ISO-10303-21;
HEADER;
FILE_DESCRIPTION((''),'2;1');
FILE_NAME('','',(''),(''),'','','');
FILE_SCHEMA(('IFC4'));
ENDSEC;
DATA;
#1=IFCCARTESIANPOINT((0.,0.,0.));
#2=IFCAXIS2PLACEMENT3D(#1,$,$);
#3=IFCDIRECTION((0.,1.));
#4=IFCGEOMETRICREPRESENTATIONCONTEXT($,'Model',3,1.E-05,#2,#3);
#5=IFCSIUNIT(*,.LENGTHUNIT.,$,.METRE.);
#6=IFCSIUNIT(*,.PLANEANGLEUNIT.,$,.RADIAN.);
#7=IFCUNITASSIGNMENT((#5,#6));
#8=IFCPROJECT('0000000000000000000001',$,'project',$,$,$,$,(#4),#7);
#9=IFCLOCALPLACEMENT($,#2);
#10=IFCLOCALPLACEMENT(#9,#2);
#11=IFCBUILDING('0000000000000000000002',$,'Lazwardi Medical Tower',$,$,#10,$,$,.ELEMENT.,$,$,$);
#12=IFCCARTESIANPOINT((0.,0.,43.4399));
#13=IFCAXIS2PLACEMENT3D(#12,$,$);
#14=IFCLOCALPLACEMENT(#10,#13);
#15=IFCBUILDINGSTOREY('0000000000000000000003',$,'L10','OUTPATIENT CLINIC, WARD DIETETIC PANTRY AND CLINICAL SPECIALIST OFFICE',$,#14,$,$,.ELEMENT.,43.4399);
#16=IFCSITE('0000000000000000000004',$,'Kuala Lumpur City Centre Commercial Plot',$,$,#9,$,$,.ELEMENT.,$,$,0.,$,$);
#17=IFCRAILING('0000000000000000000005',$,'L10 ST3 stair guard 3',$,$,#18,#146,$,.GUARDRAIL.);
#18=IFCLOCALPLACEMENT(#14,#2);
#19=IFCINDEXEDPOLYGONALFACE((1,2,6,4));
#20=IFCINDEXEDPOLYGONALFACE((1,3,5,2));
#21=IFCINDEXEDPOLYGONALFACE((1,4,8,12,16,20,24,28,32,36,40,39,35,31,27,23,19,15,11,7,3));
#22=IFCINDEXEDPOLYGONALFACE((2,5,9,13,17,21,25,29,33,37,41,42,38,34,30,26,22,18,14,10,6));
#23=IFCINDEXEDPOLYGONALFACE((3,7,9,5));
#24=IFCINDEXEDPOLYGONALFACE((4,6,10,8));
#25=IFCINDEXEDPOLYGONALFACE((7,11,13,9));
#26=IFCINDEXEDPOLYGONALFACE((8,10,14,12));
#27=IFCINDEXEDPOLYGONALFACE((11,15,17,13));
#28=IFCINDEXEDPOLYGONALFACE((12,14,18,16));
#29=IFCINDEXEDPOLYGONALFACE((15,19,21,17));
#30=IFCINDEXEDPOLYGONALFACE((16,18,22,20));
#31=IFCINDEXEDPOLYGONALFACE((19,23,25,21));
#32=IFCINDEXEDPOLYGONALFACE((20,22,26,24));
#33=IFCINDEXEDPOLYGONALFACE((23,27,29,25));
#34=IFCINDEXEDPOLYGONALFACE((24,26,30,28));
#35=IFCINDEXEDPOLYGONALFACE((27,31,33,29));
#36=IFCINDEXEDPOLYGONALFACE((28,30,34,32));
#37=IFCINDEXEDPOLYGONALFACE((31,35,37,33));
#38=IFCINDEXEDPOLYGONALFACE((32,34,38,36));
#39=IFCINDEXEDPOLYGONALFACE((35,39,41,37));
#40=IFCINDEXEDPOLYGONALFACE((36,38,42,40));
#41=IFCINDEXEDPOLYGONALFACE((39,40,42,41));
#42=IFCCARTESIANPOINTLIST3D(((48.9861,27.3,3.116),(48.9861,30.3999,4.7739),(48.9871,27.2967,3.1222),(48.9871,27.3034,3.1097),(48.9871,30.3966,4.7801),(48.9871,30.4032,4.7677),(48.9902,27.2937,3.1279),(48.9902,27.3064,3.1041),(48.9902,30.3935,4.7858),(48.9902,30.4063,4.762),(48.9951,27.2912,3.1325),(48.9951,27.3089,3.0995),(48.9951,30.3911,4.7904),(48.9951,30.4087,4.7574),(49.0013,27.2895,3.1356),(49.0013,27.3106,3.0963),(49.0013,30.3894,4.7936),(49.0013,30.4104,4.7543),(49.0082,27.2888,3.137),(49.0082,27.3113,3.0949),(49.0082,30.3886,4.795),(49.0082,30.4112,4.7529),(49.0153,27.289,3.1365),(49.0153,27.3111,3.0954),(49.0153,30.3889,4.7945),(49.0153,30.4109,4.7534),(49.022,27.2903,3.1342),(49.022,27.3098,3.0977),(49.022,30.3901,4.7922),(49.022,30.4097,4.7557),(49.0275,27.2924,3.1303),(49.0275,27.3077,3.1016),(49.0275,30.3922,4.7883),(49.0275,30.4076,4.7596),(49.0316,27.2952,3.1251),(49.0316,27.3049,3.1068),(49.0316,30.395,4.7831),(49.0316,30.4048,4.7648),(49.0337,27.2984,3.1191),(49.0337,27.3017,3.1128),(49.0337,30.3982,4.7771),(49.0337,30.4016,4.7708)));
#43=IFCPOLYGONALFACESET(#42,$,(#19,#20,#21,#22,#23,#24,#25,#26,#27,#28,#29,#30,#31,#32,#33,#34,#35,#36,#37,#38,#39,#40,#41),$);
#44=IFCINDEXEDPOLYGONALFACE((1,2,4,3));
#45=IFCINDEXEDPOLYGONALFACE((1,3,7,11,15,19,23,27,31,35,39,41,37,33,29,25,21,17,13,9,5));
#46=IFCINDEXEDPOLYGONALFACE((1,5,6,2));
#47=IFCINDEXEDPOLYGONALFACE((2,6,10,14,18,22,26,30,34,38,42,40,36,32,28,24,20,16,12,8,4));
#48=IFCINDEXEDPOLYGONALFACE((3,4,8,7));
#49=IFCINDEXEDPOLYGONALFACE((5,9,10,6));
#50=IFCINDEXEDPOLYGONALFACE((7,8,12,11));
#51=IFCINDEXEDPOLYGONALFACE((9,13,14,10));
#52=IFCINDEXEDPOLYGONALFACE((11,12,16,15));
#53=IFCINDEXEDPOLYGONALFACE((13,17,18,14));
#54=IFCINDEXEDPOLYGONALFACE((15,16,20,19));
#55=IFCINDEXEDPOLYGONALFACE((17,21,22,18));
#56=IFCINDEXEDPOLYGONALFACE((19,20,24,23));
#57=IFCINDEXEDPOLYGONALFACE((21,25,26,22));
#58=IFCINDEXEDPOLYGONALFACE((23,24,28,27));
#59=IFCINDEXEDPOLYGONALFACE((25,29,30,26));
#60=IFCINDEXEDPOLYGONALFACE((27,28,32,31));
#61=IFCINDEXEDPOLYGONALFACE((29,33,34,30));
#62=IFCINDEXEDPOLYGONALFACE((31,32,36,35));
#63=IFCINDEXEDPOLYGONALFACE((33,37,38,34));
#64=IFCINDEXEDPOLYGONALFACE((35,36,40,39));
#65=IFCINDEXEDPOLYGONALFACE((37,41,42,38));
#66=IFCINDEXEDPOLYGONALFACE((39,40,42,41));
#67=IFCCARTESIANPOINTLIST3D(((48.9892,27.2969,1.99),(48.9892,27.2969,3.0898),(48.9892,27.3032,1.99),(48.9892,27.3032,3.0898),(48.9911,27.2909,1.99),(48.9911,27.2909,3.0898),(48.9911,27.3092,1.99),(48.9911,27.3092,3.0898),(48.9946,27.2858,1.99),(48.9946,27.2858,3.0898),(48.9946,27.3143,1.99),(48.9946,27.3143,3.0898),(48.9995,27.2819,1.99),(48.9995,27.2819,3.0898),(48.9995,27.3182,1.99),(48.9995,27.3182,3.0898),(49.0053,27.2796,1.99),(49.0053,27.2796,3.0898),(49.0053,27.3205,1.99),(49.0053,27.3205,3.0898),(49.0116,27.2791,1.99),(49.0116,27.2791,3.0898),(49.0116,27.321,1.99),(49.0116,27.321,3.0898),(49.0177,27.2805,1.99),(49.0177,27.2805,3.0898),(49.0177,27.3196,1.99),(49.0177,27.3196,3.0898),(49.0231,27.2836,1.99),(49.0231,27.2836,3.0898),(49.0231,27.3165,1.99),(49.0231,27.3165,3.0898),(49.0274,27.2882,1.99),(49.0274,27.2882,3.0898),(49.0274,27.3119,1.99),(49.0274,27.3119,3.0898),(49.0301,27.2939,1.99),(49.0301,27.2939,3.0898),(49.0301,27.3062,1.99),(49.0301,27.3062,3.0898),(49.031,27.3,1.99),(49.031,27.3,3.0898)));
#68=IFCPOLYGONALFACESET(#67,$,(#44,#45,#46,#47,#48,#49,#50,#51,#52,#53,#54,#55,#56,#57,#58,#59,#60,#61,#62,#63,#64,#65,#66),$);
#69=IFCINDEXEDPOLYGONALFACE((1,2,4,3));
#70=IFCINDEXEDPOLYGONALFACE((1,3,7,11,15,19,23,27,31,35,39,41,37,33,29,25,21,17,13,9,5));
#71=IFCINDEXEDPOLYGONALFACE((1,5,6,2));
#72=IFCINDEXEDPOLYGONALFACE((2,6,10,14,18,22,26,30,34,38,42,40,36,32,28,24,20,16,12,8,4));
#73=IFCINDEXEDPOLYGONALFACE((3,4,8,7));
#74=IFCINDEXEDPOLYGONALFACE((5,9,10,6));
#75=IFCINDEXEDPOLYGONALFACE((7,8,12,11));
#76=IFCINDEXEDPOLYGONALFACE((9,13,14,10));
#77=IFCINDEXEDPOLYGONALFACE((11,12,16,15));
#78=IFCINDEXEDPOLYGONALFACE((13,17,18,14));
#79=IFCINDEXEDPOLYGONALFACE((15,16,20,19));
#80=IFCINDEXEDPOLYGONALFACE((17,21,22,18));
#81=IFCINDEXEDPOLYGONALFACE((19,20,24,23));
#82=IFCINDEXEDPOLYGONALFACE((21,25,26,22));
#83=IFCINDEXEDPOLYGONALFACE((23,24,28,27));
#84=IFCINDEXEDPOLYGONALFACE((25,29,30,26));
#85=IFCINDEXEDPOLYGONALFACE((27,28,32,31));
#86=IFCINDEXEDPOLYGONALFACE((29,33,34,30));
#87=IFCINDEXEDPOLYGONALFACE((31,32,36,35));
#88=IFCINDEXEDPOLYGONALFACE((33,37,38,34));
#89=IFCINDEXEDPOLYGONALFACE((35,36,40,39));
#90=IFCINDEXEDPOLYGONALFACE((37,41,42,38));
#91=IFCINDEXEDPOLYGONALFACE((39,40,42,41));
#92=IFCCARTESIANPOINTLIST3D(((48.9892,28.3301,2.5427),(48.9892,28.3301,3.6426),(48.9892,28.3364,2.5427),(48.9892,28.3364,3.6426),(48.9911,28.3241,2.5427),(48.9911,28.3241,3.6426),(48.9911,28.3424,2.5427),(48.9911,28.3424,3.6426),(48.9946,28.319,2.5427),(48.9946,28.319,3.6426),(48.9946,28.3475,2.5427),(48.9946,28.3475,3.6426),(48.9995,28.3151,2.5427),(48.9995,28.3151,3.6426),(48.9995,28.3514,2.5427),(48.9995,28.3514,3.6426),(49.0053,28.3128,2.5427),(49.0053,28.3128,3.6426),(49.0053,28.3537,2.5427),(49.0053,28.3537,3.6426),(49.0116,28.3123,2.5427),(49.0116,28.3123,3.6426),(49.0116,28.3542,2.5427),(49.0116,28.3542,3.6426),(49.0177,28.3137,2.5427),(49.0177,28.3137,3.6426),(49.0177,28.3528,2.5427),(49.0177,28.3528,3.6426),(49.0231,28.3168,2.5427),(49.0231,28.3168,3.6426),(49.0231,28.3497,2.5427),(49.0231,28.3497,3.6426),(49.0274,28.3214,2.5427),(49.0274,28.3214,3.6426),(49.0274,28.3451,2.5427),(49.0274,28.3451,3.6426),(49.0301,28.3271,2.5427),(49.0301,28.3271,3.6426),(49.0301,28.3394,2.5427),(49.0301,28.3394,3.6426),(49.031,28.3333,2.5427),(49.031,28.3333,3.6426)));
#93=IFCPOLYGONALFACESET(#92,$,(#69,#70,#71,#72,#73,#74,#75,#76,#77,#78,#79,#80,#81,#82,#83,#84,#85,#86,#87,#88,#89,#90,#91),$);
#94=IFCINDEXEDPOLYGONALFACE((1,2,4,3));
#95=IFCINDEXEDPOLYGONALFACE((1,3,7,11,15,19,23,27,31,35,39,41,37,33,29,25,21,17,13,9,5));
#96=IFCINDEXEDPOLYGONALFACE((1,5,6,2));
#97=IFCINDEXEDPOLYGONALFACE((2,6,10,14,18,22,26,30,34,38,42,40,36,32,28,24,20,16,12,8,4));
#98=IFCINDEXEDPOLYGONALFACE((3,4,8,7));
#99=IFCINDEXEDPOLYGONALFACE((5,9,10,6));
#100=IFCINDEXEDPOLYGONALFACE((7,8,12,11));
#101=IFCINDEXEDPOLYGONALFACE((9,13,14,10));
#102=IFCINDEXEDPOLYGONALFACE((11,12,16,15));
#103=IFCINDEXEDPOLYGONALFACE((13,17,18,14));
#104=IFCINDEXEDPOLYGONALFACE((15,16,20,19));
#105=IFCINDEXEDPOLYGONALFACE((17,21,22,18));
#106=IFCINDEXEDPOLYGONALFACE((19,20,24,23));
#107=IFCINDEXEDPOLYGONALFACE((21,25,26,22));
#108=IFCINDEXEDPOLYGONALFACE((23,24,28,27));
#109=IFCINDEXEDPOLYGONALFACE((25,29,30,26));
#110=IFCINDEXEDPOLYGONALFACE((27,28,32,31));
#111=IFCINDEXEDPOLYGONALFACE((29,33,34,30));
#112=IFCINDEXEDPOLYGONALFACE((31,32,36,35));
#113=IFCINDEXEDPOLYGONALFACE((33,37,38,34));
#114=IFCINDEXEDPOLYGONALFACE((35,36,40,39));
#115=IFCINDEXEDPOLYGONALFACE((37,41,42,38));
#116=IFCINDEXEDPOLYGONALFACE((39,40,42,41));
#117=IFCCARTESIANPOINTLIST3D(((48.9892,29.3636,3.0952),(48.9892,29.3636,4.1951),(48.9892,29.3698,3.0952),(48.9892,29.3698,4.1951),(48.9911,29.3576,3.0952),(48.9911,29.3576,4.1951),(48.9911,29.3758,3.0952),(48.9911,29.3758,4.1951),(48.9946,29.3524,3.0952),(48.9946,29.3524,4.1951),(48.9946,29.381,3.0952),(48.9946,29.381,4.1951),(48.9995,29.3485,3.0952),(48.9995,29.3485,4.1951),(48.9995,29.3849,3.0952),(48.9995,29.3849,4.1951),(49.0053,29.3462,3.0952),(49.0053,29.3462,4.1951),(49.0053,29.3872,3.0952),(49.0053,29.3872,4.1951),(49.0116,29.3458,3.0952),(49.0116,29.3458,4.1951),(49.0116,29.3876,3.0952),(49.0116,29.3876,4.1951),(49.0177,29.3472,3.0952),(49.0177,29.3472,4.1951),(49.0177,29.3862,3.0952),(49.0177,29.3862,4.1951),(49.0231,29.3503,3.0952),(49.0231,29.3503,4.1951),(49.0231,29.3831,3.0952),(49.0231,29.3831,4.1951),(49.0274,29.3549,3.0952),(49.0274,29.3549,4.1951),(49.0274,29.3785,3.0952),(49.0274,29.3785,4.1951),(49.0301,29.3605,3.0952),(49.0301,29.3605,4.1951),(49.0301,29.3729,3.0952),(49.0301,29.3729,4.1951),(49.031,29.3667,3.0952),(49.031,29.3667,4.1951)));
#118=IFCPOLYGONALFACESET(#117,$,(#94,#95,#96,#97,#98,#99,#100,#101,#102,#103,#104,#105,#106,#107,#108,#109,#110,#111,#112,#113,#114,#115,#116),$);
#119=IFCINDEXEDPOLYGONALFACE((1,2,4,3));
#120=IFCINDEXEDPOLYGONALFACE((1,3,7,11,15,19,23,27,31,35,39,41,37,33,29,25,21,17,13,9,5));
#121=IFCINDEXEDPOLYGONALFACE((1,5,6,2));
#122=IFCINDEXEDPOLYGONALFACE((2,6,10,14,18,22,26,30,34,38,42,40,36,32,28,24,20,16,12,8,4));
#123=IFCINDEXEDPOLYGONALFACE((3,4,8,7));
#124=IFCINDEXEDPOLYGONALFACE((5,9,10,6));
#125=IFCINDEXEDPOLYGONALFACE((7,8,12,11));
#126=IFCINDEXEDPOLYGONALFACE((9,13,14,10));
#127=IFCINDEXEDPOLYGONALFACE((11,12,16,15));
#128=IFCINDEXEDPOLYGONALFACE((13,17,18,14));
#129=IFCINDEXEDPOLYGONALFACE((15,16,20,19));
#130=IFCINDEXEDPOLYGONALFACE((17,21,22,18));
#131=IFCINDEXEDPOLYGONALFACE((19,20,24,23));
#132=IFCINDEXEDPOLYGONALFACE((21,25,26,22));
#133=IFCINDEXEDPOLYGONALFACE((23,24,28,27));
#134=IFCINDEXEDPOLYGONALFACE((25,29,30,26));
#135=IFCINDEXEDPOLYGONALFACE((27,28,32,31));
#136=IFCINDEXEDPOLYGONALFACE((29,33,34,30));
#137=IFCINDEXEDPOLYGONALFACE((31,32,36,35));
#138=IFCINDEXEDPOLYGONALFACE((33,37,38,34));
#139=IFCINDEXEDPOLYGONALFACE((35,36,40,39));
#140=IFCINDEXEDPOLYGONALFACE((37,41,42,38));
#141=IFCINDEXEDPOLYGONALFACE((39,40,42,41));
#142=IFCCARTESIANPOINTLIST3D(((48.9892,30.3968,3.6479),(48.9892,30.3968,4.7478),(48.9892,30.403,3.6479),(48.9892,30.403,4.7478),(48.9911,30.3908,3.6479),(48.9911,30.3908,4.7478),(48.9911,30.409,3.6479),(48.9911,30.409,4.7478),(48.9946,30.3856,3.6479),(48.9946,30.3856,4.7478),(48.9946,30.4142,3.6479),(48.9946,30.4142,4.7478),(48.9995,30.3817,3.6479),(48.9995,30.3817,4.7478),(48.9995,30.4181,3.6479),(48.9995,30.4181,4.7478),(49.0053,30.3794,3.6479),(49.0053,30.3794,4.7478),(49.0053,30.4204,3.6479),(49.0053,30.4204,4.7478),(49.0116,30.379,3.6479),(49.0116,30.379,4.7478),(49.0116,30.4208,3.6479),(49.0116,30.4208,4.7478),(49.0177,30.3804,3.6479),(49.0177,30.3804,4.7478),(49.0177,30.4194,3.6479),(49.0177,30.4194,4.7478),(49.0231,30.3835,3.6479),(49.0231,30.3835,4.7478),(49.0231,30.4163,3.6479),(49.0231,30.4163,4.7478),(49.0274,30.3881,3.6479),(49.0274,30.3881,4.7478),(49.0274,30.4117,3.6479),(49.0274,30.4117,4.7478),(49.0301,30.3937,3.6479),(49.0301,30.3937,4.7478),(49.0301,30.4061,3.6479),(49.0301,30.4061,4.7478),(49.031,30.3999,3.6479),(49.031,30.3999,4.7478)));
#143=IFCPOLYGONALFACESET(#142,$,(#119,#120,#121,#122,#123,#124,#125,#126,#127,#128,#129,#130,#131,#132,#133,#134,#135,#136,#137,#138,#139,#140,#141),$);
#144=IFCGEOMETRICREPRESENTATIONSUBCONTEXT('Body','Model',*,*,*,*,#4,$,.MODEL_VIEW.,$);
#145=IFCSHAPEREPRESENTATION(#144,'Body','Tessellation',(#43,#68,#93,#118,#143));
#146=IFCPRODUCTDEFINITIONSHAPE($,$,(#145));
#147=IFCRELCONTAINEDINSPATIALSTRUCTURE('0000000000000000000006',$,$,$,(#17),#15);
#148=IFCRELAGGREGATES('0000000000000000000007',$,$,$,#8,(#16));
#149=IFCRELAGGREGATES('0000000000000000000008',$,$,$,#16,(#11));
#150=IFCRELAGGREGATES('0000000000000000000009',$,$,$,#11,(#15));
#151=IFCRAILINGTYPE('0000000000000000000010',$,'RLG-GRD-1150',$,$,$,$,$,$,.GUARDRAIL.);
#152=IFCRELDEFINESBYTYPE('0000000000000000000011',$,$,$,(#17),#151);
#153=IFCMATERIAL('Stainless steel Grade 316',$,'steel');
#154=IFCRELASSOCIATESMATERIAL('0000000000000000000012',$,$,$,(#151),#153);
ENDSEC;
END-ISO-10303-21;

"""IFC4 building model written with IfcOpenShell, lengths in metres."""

from ifc_helpers import new_model, si_unit, direction, frame, origin, origin_2d, place, context, subcontext, project, spatial, circle, extrude, material, type_object, element, save


model = new_model("IFC4")

# Units and contexts
model_context = context("Model", 3, precision=1e-05, world=origin(), true_north=direction((0.0, 1.0)))
body_context = subcontext(model_context, "Body", "Model", "MODEL_VIEW")
ifc_project = project(units=[si_unit("LENGTHUNIT", "METRE"), si_unit("PLANEANGLEUNIT", "RADIAN")], contexts=[model_context])

# Site, building, storey
site_placement = place(None, origin())
site = spatial("IfcSite", under=ifc_project, at=site_placement, Name="Kuala Lumpur City Centre Commercial Plot", CompositionType="ELEMENT", RefElevation=0.0)
building_placement = place(site_placement, origin())
building = spatial("IfcBuilding", under=site, at=building_placement, Name="Lazwardi Medical Tower", CompositionType="ELEMENT")
storey_placement = place(building_placement, frame((0.0, 0.0, 43.4399)))
storey = spatial("IfcBuildingStorey", under=building, at=storey_placement, Name="L10", Description="OUTPATIENT CLINIC, WARD DIETETIC PANTRY AND CLINICAL SPECIALIST OFFICE", CompositionType="ELEMENT", Elevation=43.4399)

# Railing
ifc_material_1 = material(Name="Stainless steel Grade 316", Category="steel")
railing_type_1 = type_object("IfcRailingType", Name="RLG-GRD-1150", PredefinedType="GUARDRAIL", material=ifc_material_1)
railing_1_placement = place(storey_placement, frame((49.01, 27.3, 1.99)))
element("IfcRailing", 1, at=railing_1_placement, inside=storey, type_object=railing_type_1, Name="L10 ST3 stair guard 3", PredefinedType="GUARDRAIL", context=body_context, shape_type="SweptSolid", body=[
    extrude(circle(Radius=0.0239, at=origin_2d()), frame((0.0, 0.0, 1.126), z_axis=(0.0, 0.881797, 0.47163), x_axis=(-1.0, 0.0, 0.0)), (0.0, 0.0, 1.0), 3.5154),
    extrude(circle(Radius=0.021, at=origin_2d()), origin(), (0.0, 0.0, 1.0), 1.0999),
    extrude(circle(Radius=0.021, at=origin_2d()), frame((0.0, 1.0332, 0.5527)), (0.0, 0.0, 1.0), 1.0999),
    extrude(circle(Radius=0.021, at=origin_2d()), frame((0.0, 2.0667, 1.1052)), (0.0, 0.0, 1.0), 1.0999),
    extrude(circle(Radius=0.021, at=origin_2d()), frame((0.0, 3.0999, 1.658)), (0.0, 0.0, 1.0), 1.0999),
])

save(model, "model.ifc")
